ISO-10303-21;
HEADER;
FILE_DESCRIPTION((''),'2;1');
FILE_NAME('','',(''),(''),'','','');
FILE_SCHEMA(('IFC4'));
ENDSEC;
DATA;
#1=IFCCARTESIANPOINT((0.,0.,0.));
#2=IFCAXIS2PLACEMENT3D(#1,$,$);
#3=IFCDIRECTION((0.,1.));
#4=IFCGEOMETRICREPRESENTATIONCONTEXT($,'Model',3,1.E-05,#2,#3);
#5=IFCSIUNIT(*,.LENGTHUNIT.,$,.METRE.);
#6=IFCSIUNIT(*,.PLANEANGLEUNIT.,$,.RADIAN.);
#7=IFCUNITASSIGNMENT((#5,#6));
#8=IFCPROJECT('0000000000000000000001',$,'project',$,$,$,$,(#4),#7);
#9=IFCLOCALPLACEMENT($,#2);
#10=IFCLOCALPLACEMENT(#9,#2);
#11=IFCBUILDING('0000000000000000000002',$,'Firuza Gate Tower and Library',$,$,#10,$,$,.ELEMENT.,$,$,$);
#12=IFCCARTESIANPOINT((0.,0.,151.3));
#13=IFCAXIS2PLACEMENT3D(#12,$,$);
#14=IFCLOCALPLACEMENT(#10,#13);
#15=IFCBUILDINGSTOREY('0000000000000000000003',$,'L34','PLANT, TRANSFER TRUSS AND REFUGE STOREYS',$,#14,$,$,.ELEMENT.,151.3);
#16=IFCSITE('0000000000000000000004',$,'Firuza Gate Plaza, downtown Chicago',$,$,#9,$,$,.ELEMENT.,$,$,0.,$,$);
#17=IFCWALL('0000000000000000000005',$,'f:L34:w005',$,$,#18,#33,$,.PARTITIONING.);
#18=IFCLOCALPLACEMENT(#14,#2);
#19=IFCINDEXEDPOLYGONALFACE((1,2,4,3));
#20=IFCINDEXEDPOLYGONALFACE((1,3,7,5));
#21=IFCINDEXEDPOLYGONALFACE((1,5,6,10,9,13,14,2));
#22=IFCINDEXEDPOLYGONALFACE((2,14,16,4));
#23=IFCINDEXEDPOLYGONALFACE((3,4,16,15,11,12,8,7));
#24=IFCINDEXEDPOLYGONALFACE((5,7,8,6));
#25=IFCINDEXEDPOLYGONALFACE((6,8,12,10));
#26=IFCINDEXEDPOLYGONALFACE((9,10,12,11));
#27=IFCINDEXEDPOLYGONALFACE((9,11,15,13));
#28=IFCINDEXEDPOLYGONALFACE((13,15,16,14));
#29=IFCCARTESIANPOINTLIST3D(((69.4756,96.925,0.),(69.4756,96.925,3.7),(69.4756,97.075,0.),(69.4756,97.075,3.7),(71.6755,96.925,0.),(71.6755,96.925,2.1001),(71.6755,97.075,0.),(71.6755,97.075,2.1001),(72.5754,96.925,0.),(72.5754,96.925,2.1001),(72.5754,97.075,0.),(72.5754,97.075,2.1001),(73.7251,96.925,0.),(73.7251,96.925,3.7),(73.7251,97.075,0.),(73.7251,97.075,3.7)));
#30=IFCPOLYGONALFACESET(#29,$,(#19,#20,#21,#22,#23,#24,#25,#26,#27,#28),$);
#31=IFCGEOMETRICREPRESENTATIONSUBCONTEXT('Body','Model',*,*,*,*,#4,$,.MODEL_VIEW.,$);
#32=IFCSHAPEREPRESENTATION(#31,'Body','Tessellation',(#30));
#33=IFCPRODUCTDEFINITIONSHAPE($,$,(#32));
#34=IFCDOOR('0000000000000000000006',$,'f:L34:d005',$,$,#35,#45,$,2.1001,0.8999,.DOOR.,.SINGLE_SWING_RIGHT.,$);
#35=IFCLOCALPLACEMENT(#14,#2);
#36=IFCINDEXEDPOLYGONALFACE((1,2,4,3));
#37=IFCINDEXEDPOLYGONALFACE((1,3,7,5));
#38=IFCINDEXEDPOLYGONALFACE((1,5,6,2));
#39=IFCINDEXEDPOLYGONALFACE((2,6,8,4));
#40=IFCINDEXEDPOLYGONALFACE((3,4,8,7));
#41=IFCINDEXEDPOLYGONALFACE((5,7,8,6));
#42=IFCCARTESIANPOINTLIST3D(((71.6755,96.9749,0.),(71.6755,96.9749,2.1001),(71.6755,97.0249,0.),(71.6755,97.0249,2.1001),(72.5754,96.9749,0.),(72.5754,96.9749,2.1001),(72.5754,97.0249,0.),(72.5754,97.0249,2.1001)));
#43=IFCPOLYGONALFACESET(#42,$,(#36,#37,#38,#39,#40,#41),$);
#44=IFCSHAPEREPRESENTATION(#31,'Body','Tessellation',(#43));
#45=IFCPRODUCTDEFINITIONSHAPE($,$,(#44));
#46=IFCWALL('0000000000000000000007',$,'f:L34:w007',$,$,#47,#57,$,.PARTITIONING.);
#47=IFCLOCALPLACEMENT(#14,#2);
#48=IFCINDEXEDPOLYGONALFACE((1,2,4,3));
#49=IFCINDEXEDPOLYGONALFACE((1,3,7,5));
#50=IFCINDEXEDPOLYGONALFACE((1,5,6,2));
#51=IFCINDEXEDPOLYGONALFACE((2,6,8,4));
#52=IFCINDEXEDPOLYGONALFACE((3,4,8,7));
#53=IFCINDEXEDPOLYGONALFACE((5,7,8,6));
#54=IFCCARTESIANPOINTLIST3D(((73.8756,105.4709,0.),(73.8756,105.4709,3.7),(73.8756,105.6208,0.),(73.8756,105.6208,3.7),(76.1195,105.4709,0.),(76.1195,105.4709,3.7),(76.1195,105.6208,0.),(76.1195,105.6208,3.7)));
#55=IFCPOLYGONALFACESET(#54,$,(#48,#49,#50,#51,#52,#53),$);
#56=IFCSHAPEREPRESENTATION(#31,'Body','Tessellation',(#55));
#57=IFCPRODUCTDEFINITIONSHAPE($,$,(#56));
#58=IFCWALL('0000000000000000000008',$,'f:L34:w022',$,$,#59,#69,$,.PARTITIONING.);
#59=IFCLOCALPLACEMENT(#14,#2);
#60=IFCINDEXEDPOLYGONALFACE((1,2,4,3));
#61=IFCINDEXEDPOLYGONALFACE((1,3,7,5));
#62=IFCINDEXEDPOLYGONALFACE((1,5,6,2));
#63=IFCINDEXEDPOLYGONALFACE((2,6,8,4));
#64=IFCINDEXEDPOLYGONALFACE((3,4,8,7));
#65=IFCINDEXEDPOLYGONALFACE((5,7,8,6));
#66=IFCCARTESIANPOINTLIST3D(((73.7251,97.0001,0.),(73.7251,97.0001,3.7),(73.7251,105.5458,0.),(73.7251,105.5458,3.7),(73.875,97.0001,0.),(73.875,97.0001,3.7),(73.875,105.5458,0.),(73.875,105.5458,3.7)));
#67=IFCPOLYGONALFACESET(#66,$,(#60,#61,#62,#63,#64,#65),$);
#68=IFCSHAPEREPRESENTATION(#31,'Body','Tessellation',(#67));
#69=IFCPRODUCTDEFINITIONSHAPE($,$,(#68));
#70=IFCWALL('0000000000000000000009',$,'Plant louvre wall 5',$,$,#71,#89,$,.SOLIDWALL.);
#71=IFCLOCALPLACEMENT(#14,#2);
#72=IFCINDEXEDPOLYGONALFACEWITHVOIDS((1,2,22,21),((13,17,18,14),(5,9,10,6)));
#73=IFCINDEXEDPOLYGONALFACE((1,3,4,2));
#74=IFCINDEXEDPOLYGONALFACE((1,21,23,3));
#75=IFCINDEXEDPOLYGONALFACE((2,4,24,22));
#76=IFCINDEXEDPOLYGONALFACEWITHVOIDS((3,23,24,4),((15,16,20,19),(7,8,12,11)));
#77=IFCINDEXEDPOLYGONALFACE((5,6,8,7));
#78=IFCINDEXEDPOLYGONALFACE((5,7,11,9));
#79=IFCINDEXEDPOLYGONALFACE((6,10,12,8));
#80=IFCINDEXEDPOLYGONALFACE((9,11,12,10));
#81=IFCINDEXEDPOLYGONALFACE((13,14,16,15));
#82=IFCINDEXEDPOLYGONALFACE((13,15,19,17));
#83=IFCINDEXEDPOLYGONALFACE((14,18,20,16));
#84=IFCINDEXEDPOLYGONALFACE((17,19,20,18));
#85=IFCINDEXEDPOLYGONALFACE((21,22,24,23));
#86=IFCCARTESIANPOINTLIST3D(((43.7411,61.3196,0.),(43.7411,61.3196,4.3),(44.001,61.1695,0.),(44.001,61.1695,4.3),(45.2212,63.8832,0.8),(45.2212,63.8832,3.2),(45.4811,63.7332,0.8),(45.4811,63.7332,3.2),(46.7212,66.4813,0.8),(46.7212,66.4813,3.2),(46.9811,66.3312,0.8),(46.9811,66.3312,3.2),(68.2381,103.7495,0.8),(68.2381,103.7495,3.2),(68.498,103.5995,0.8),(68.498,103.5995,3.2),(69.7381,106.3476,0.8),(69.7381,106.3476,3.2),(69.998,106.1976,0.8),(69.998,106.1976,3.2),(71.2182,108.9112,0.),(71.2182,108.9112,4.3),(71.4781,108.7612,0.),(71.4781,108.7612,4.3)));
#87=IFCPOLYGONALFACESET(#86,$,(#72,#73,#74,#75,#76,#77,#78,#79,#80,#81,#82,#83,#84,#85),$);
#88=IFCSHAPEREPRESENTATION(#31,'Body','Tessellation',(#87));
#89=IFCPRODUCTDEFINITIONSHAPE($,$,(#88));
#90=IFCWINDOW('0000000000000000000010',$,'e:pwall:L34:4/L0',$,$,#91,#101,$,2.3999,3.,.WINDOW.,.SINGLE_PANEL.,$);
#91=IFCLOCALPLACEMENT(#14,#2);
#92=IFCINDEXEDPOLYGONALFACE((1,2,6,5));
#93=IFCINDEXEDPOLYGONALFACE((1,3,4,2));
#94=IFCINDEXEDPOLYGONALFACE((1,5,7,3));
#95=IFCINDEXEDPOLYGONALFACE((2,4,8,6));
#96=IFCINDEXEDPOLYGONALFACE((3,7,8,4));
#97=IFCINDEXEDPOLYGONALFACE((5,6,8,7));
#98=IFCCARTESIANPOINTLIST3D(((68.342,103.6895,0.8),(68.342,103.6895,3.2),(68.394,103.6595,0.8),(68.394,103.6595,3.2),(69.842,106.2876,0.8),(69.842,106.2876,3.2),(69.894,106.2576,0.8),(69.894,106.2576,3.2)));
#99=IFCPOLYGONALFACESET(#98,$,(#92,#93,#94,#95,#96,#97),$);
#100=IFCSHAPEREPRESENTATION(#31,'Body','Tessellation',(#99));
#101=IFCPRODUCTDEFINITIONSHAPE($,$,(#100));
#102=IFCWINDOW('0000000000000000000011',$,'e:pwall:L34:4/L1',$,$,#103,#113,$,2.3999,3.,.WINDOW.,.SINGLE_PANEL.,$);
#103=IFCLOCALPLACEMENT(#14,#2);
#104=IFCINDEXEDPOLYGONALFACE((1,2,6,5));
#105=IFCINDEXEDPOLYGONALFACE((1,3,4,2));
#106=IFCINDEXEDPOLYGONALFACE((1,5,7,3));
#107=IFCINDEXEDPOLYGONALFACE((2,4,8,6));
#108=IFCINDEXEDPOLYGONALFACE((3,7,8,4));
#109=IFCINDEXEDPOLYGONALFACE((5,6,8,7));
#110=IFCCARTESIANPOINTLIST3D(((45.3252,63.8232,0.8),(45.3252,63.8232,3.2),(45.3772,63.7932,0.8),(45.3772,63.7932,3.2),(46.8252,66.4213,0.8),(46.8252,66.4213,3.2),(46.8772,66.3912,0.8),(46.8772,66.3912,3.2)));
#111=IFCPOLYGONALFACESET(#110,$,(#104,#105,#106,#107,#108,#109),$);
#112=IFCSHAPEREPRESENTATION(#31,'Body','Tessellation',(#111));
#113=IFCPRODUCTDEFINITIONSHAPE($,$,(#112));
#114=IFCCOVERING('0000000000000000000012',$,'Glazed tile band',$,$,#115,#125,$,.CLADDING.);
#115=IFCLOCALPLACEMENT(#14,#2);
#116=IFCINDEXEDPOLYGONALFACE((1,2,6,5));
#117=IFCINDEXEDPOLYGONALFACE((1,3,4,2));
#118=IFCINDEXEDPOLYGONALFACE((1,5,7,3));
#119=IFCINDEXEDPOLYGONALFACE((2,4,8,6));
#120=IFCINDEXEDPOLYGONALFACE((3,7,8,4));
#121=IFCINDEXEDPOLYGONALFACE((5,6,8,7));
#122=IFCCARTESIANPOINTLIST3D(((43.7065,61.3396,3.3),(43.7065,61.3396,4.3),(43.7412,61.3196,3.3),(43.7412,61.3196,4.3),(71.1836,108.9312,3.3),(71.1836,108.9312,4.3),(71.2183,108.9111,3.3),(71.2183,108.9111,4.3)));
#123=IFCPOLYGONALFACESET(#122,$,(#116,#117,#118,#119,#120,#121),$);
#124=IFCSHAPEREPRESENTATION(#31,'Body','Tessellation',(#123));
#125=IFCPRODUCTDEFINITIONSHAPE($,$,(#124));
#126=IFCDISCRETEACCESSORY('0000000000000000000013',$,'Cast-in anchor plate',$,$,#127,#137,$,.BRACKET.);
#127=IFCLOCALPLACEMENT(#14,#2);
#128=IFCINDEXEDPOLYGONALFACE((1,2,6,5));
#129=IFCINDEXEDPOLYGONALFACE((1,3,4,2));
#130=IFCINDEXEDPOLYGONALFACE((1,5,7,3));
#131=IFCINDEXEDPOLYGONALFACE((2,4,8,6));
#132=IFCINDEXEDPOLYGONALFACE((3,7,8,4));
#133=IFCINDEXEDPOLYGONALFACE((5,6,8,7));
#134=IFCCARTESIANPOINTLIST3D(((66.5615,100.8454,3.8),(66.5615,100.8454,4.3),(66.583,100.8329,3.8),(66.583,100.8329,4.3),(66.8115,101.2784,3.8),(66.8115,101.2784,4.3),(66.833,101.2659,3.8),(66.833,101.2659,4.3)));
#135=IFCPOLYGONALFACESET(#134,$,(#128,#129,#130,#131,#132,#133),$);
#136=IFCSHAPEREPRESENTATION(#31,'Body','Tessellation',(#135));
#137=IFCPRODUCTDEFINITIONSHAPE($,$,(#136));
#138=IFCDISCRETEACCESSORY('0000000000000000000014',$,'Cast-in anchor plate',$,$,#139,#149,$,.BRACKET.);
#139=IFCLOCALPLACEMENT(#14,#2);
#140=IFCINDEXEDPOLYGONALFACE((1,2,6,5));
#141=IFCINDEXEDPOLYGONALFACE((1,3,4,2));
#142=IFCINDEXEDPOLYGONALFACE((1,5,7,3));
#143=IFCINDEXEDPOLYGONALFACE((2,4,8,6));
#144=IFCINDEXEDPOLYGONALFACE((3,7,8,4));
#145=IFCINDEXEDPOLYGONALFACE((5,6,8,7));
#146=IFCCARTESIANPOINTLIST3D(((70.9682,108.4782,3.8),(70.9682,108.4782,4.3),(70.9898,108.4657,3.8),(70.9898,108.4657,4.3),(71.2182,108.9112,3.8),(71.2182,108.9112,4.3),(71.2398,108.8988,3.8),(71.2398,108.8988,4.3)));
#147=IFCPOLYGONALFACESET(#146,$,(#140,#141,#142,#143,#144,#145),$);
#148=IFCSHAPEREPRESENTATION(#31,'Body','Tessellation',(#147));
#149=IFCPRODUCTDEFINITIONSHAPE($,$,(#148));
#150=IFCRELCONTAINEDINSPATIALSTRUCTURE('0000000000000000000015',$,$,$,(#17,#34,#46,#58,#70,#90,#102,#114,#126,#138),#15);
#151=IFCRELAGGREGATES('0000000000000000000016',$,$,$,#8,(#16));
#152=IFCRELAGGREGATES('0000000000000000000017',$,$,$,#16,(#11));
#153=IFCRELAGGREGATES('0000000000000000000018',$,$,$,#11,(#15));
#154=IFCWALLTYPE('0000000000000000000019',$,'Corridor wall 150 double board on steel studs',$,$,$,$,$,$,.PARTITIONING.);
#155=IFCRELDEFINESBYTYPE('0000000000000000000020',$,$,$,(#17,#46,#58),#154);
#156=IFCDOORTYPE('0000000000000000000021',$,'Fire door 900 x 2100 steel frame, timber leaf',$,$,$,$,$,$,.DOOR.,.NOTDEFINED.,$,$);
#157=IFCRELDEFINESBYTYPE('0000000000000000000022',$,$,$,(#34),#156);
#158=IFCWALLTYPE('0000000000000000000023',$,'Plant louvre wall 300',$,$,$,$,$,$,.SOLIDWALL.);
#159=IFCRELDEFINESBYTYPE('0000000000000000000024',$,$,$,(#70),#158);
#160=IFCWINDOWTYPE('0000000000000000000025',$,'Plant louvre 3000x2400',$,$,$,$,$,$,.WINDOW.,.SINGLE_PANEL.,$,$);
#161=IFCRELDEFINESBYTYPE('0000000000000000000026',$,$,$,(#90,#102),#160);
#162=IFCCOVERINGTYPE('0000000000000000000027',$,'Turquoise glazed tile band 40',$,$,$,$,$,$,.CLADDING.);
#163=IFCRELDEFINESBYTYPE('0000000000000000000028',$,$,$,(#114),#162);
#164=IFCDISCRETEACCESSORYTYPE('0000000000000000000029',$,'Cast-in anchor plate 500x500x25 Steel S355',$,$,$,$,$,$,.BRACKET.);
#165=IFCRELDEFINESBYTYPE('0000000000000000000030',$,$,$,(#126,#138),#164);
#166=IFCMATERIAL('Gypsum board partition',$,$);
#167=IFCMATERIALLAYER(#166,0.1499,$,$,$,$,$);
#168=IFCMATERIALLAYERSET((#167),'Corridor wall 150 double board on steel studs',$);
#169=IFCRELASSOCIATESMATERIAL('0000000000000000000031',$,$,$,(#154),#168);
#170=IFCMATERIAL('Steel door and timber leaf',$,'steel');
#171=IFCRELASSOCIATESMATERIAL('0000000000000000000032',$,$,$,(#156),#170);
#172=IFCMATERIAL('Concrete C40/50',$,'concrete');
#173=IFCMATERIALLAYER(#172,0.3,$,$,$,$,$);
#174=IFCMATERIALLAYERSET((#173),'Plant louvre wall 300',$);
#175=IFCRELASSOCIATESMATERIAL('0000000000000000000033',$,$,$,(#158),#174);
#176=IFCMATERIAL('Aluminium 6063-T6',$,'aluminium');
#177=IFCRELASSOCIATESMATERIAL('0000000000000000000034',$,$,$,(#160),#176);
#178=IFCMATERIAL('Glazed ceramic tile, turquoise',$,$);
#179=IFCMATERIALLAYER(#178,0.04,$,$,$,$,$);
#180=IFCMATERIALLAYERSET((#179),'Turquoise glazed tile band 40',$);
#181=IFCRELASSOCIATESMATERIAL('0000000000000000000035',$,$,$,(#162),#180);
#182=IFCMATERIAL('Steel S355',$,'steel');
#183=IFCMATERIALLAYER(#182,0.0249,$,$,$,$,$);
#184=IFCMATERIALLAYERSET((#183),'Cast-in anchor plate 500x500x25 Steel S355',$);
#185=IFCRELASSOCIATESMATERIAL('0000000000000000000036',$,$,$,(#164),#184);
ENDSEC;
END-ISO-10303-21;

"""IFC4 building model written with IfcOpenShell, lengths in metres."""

from ifc_helpers import new_model, si_unit, direction, frame, frame_2d, origin, origin_2d, place, context, subcontext, project, spatial, polyline, rectangle, outline, extrude, material, layer, layer_set, type_object, element, fill, save


model = new_model("IFC4")

# Units and contexts
model_context = context("Model", 3, precision=1e-05, world=origin(), true_north=direction((0.0, 1.0)))
body_context = subcontext(model_context, "Body", "Model", "MODEL_VIEW")
ifc_project = project(units=[si_unit("LENGTHUNIT", "METRE"), si_unit("PLANEANGLEUNIT", "RADIAN")], contexts=[model_context])

# Site, building, storey
site_placement = place(None, origin())
site = spatial("IfcSite", under=ifc_project, at=site_placement, Name="Firuza Gate Plaza, downtown Chicago", CompositionType="ELEMENT", RefElevation=0.0)
building_placement = place(site_placement, origin())
building = spatial("IfcBuilding", under=site, at=building_placement, Name="Firuza Gate Tower and Library", CompositionType="ELEMENT")
storey_placement = place(building_placement, frame((0.0, 0.0, 151.3)))
storey = spatial("IfcBuildingStorey", under=building, at=storey_placement, Name="L34", Description="PLANT, TRANSFER TRUSS AND REFUGE STOREYS", CompositionType="ELEMENT", Elevation=151.3)

# Wall, opening, door
ifc_material_1 = material(Name="Gypsum board partition")
ifc_layer_1 = layer(ifc_material_1, 0.1499)
ifc_layer_set_1 = layer_set([ifc_layer_1], Name="Corridor wall 150 double board on steel studs")
wall_type_1 = type_object("IfcWallType", Name="Corridor wall 150 double board on steel studs", PredefinedType="PARTITIONING", material=ifc_layer_set_1)
wall_1_placement = place(storey_placement, frame((69.4756, 97.0, 0.0), z_axis=(0.0, 0.0, 1.0), x_axis=(1.0, 0.0, 0.0)))
wall_1 = element("IfcWall", 1, at=wall_1_placement, inside=storey, type_object=wall_type_1, Name="f:L34:w005", PredefinedType="PARTITIONING", context=body_context, shape_type="SweptSolid", body=[
    extrude(rectangle(XDim=4.2495, YDim=0.1499, at=frame_2d((2.1248, 0.0))), origin(), (0.0, 0.0, 1.0), 3.7),
])
opening_1_placement = place(wall_1_placement, frame((2.2, 0.0, 0.0)))
opening_1 = element("IfcOpeningElement", 2, at=opening_1_placement, cuts=wall_1, PredefinedType="OPENING", context=body_context, shape_type="SweptSolid", body=[
    extrude(rectangle(XDim=0.8999, YDim=2.1001, at=frame_2d((0.45, 1.05))), frame((0.0, 0.085, 0.0), z_axis=(0.0, -1.0, 0.0), x_axis=(1.0, 0.0, 0.0)), (0.0, 0.0, 1.0), 0.1699),
])
ifc_material_2 = material(Name="Steel door and timber leaf", Category="steel")
door_type = type_object("IfcDoorType", Name="Fire door 900 x 2100 steel frame, timber leaf", OperationType="NOTDEFINED", PredefinedType="DOOR", material=ifc_material_2)
door_placement = place(opening_1_placement, origin())
door = element("IfcDoor", 3, at=door_placement, inside=storey, type_object=door_type, Name="f:L34:d005", OperationType="SINGLE_SWING_RIGHT", OverallHeight=2.1001, OverallWidth=0.8999, PredefinedType="DOOR", context=body_context, shape_type="SweptSolid", body=[
    extrude(rectangle(XDim=0.8999, YDim=2.1001, at=frame_2d((0.45, 1.05))), frame((0.0, 0.0249, 0.0), z_axis=(0.0, -1.0, 0.0), x_axis=(1.0, 0.0, 0.0)), (0.0, 0.0, 1.0), 0.05),
])
fill(opening_1, door)

# Walls
wall_2_placement = place(storey_placement, frame((73.8755, 105.5459, 0.0), z_axis=(0.0, 0.0, 1.0), x_axis=(1.0, 0.0, 0.0)))
element("IfcWall", 4, at=wall_2_placement, inside=storey, type_object=wall_type_1, Name="f:L34:w007", PredefinedType="PARTITIONING", context=body_context, shape_type="SweptSolid", body=[
    extrude(rectangle(XDim=2.2439, YDim=0.1499, at=frame_2d((1.1221, 0.0))), origin(), (0.0, 0.0, 1.0), 3.7),
])
wall_3_placement = place(storey_placement, frame((73.8, 97.0, 0.0), z_axis=(0.0, 0.0, 1.0), x_axis=(0.0, 1.0, 0.0)))
element("IfcWall", 5, at=wall_3_placement, inside=storey, type_object=wall_type_1, Name="f:L34:w022", PredefinedType="PARTITIONING", context=body_context, shape_type="SweptSolid", body=[
    extrude(rectangle(XDim=8.5457, YDim=0.1499, at=frame_2d((4.2729, 0.0))), origin(), (0.0, 0.0, 1.0), 3.7),
])

# Wall, openings, windows
ifc_material_3 = material(Name="Concrete C40/50", Category="concrete")
ifc_layer_2 = layer(ifc_material_3, 0.3)
ifc_layer_set_2 = layer_set([ifc_layer_2], Name="Plant louvre wall 300")
wall_type_2 = type_object("IfcWallType", Name="Plant louvre wall 300", PredefinedType="SOLIDWALL", material=ifc_layer_set_2)
wall_4_placement = place(storey_placement, frame((71.3481, 108.8362, 0.0), z_axis=(0.0, 0.0, 1.0), x_axis=(-0.500001, -0.866025, 0.0)))
wall_4 = element("IfcWall", 6, at=wall_4_placement, inside=storey, type_object=wall_type_2, Name="Plant louvre wall 5", PredefinedType="SOLIDWALL", context=body_context, shape_type="SweptSolid", body=[
    extrude(rectangle(XDim=54.9541, YDim=0.3, at=frame_2d((27.4771, 0.0))), origin(), (0.0, 0.0, 1.0), 4.3),
])
opening_2_placement = place(wall_4_placement, frame((2.9602, 0.0, 0.8)))
opening_2 = element("IfcOpeningElement", 7, at=opening_2_placement, cuts=wall_4, PredefinedType="OPENING", context=body_context, shape_type="SweptSolid", body=[
    extrude(rectangle(XDim=3.0, YDim=2.3999, at=frame_2d((1.5, 1.2))), frame((0.0, 0.1602, 0.0), z_axis=(0.0, -1.0, 0.0), x_axis=(1.0, 0.0, 0.0)), (0.0, 0.0, 1.0), 0.3201),
])
opening_3_placement = place(wall_4_placement, frame((48.9939, 0.0, 0.8)))
opening_3 = element("IfcOpeningElement", 8, at=opening_3_placement, cuts=wall_4, PredefinedType="OPENING", context=body_context, shape_type="SweptSolid", body=[
    extrude(rectangle(XDim=3.0, YDim=2.3999, at=frame_2d((1.5, 1.2))), frame((0.0, 0.1602, 0.0), z_axis=(0.0, -1.0, 0.0), x_axis=(1.0, 0.0, 0.0)), (0.0, 0.0, 1.0), 0.3201),
])
ifc_material_4 = material(Name="Aluminium 6063-T6", Category="aluminium")
window_type = type_object("IfcWindowType", Name="Plant louvre 3000x2400", PartitioningType="SINGLE_PANEL", PredefinedType="WINDOW", material=ifc_material_4)
window_1_placement = place(opening_2_placement, origin())
window_1 = element("IfcWindow", 9, at=window_1_placement, inside=storey, type_object=window_type, Name="e:pwall:L34:4/L0", OverallHeight=2.3999, OverallWidth=3.0, PartitioningType="SINGLE_PANEL", PredefinedType="WINDOW", context=body_context, shape_type="SweptSolid", body=[
    extrude(rectangle(XDim=3.0, YDim=2.3999, at=frame_2d((1.5, 1.2))), frame((0.0, 0.03, 0.0), z_axis=(0.0, -1.0, 0.0), x_axis=(1.0, 0.0, 0.0)), (0.0, 0.0, 1.0), 0.0601),
])
fill(opening_2, window_1)
window_2_placement = place(opening_3_placement, origin())
window_2 = element("IfcWindow", 10, at=window_2_placement, inside=storey, type_object=window_type, Name="e:pwall:L34:4/L1", OverallHeight=2.3999, OverallWidth=3.0, PartitioningType="SINGLE_PANEL", PredefinedType="WINDOW", context=body_context, shape_type="SweptSolid", body=[
    extrude(rectangle(XDim=3.0, YDim=2.3999, at=frame_2d((1.5, 1.2))), frame((0.0, 0.03, 0.0), z_axis=(0.0, -1.0, 0.0), x_axis=(1.0, 0.0, 0.0)), (0.0, 0.0, 1.0), 0.0601),
])
fill(opening_3, window_2)

# Covering
ifc_material_5 = material(Name="Glazed ceramic tile, turquoise")
ifc_layer_3 = layer(ifc_material_5, 0.04)
ifc_layer_set_3 = layer_set([ifc_layer_3], Name="Turquoise glazed tile band 40")
covering_type = type_object("IfcCoveringType", Name="Turquoise glazed tile band 40", PredefinedType="CLADDING", material=ifc_layer_set_3)
covering_placement = place(storey_placement, frame((71.1836, 108.9312, 3.3), z_axis=(-0.866025, 0.500001, 0.0), x_axis=(-0.500001, -0.866025, 0.0)))
element("IfcCovering", 11, at=covering_placement, inside=storey, type_object=covering_type, Name="Glazed tile band", PredefinedType="CLADDING", context=body_context, shape_type="SweptSolid", body=[
    extrude(outline(polyline([(0.0, 0.0), (54.954, 0.0), (54.954, 1.0), (0.0, 1.0), (0.0, 0.0)])), origin(), (0.0, 0.0, -1.0), 0.04),
])

# Discrete accessories
ifc_material_6 = material(Name="Steel S355", Category="steel")
ifc_layer_4 = layer(ifc_material_6, 0.0249)
ifc_layer_set_4 = layer_set([ifc_layer_4], Name="Cast-in anchor plate 500x500x25 Steel S355")
discrete_accessory_type = type_object("IfcDiscreteAccessoryType", Name="Cast-in anchor plate 500x500x25 Steel S355", PredefinedType="BRACKET", material=ifc_layer_set_4)
for number, where, z_axis, x_axis, name in (
    (12, (66.6973, 101.0557, 3.8), (0.0, 0.0, 1.0), (-0.5, -0.866025, 0.0), "Cast-in anchor plate"),
    (13, (71.104, 108.6885, 3.8), (0.0, 0.0, 1.0), (-0.5, -0.866025, 0.0), "Cast-in anchor plate"),
):
    element("IfcDiscreteAccessory", number, at=place(storey_placement, frame(where, z_axis=z_axis, x_axis=x_axis)), inside=storey, type_object=discrete_accessory_type, Name=name, PredefinedType="BRACKET", context=body_context, shape_type="SweptSolid", body=[
        extrude(rectangle(XDim=0.5, YDim=0.0249, at=origin_2d()), origin(), (0.0, 0.0, 1.0), 0.5),
    ])

save(model, "model.ifc")
